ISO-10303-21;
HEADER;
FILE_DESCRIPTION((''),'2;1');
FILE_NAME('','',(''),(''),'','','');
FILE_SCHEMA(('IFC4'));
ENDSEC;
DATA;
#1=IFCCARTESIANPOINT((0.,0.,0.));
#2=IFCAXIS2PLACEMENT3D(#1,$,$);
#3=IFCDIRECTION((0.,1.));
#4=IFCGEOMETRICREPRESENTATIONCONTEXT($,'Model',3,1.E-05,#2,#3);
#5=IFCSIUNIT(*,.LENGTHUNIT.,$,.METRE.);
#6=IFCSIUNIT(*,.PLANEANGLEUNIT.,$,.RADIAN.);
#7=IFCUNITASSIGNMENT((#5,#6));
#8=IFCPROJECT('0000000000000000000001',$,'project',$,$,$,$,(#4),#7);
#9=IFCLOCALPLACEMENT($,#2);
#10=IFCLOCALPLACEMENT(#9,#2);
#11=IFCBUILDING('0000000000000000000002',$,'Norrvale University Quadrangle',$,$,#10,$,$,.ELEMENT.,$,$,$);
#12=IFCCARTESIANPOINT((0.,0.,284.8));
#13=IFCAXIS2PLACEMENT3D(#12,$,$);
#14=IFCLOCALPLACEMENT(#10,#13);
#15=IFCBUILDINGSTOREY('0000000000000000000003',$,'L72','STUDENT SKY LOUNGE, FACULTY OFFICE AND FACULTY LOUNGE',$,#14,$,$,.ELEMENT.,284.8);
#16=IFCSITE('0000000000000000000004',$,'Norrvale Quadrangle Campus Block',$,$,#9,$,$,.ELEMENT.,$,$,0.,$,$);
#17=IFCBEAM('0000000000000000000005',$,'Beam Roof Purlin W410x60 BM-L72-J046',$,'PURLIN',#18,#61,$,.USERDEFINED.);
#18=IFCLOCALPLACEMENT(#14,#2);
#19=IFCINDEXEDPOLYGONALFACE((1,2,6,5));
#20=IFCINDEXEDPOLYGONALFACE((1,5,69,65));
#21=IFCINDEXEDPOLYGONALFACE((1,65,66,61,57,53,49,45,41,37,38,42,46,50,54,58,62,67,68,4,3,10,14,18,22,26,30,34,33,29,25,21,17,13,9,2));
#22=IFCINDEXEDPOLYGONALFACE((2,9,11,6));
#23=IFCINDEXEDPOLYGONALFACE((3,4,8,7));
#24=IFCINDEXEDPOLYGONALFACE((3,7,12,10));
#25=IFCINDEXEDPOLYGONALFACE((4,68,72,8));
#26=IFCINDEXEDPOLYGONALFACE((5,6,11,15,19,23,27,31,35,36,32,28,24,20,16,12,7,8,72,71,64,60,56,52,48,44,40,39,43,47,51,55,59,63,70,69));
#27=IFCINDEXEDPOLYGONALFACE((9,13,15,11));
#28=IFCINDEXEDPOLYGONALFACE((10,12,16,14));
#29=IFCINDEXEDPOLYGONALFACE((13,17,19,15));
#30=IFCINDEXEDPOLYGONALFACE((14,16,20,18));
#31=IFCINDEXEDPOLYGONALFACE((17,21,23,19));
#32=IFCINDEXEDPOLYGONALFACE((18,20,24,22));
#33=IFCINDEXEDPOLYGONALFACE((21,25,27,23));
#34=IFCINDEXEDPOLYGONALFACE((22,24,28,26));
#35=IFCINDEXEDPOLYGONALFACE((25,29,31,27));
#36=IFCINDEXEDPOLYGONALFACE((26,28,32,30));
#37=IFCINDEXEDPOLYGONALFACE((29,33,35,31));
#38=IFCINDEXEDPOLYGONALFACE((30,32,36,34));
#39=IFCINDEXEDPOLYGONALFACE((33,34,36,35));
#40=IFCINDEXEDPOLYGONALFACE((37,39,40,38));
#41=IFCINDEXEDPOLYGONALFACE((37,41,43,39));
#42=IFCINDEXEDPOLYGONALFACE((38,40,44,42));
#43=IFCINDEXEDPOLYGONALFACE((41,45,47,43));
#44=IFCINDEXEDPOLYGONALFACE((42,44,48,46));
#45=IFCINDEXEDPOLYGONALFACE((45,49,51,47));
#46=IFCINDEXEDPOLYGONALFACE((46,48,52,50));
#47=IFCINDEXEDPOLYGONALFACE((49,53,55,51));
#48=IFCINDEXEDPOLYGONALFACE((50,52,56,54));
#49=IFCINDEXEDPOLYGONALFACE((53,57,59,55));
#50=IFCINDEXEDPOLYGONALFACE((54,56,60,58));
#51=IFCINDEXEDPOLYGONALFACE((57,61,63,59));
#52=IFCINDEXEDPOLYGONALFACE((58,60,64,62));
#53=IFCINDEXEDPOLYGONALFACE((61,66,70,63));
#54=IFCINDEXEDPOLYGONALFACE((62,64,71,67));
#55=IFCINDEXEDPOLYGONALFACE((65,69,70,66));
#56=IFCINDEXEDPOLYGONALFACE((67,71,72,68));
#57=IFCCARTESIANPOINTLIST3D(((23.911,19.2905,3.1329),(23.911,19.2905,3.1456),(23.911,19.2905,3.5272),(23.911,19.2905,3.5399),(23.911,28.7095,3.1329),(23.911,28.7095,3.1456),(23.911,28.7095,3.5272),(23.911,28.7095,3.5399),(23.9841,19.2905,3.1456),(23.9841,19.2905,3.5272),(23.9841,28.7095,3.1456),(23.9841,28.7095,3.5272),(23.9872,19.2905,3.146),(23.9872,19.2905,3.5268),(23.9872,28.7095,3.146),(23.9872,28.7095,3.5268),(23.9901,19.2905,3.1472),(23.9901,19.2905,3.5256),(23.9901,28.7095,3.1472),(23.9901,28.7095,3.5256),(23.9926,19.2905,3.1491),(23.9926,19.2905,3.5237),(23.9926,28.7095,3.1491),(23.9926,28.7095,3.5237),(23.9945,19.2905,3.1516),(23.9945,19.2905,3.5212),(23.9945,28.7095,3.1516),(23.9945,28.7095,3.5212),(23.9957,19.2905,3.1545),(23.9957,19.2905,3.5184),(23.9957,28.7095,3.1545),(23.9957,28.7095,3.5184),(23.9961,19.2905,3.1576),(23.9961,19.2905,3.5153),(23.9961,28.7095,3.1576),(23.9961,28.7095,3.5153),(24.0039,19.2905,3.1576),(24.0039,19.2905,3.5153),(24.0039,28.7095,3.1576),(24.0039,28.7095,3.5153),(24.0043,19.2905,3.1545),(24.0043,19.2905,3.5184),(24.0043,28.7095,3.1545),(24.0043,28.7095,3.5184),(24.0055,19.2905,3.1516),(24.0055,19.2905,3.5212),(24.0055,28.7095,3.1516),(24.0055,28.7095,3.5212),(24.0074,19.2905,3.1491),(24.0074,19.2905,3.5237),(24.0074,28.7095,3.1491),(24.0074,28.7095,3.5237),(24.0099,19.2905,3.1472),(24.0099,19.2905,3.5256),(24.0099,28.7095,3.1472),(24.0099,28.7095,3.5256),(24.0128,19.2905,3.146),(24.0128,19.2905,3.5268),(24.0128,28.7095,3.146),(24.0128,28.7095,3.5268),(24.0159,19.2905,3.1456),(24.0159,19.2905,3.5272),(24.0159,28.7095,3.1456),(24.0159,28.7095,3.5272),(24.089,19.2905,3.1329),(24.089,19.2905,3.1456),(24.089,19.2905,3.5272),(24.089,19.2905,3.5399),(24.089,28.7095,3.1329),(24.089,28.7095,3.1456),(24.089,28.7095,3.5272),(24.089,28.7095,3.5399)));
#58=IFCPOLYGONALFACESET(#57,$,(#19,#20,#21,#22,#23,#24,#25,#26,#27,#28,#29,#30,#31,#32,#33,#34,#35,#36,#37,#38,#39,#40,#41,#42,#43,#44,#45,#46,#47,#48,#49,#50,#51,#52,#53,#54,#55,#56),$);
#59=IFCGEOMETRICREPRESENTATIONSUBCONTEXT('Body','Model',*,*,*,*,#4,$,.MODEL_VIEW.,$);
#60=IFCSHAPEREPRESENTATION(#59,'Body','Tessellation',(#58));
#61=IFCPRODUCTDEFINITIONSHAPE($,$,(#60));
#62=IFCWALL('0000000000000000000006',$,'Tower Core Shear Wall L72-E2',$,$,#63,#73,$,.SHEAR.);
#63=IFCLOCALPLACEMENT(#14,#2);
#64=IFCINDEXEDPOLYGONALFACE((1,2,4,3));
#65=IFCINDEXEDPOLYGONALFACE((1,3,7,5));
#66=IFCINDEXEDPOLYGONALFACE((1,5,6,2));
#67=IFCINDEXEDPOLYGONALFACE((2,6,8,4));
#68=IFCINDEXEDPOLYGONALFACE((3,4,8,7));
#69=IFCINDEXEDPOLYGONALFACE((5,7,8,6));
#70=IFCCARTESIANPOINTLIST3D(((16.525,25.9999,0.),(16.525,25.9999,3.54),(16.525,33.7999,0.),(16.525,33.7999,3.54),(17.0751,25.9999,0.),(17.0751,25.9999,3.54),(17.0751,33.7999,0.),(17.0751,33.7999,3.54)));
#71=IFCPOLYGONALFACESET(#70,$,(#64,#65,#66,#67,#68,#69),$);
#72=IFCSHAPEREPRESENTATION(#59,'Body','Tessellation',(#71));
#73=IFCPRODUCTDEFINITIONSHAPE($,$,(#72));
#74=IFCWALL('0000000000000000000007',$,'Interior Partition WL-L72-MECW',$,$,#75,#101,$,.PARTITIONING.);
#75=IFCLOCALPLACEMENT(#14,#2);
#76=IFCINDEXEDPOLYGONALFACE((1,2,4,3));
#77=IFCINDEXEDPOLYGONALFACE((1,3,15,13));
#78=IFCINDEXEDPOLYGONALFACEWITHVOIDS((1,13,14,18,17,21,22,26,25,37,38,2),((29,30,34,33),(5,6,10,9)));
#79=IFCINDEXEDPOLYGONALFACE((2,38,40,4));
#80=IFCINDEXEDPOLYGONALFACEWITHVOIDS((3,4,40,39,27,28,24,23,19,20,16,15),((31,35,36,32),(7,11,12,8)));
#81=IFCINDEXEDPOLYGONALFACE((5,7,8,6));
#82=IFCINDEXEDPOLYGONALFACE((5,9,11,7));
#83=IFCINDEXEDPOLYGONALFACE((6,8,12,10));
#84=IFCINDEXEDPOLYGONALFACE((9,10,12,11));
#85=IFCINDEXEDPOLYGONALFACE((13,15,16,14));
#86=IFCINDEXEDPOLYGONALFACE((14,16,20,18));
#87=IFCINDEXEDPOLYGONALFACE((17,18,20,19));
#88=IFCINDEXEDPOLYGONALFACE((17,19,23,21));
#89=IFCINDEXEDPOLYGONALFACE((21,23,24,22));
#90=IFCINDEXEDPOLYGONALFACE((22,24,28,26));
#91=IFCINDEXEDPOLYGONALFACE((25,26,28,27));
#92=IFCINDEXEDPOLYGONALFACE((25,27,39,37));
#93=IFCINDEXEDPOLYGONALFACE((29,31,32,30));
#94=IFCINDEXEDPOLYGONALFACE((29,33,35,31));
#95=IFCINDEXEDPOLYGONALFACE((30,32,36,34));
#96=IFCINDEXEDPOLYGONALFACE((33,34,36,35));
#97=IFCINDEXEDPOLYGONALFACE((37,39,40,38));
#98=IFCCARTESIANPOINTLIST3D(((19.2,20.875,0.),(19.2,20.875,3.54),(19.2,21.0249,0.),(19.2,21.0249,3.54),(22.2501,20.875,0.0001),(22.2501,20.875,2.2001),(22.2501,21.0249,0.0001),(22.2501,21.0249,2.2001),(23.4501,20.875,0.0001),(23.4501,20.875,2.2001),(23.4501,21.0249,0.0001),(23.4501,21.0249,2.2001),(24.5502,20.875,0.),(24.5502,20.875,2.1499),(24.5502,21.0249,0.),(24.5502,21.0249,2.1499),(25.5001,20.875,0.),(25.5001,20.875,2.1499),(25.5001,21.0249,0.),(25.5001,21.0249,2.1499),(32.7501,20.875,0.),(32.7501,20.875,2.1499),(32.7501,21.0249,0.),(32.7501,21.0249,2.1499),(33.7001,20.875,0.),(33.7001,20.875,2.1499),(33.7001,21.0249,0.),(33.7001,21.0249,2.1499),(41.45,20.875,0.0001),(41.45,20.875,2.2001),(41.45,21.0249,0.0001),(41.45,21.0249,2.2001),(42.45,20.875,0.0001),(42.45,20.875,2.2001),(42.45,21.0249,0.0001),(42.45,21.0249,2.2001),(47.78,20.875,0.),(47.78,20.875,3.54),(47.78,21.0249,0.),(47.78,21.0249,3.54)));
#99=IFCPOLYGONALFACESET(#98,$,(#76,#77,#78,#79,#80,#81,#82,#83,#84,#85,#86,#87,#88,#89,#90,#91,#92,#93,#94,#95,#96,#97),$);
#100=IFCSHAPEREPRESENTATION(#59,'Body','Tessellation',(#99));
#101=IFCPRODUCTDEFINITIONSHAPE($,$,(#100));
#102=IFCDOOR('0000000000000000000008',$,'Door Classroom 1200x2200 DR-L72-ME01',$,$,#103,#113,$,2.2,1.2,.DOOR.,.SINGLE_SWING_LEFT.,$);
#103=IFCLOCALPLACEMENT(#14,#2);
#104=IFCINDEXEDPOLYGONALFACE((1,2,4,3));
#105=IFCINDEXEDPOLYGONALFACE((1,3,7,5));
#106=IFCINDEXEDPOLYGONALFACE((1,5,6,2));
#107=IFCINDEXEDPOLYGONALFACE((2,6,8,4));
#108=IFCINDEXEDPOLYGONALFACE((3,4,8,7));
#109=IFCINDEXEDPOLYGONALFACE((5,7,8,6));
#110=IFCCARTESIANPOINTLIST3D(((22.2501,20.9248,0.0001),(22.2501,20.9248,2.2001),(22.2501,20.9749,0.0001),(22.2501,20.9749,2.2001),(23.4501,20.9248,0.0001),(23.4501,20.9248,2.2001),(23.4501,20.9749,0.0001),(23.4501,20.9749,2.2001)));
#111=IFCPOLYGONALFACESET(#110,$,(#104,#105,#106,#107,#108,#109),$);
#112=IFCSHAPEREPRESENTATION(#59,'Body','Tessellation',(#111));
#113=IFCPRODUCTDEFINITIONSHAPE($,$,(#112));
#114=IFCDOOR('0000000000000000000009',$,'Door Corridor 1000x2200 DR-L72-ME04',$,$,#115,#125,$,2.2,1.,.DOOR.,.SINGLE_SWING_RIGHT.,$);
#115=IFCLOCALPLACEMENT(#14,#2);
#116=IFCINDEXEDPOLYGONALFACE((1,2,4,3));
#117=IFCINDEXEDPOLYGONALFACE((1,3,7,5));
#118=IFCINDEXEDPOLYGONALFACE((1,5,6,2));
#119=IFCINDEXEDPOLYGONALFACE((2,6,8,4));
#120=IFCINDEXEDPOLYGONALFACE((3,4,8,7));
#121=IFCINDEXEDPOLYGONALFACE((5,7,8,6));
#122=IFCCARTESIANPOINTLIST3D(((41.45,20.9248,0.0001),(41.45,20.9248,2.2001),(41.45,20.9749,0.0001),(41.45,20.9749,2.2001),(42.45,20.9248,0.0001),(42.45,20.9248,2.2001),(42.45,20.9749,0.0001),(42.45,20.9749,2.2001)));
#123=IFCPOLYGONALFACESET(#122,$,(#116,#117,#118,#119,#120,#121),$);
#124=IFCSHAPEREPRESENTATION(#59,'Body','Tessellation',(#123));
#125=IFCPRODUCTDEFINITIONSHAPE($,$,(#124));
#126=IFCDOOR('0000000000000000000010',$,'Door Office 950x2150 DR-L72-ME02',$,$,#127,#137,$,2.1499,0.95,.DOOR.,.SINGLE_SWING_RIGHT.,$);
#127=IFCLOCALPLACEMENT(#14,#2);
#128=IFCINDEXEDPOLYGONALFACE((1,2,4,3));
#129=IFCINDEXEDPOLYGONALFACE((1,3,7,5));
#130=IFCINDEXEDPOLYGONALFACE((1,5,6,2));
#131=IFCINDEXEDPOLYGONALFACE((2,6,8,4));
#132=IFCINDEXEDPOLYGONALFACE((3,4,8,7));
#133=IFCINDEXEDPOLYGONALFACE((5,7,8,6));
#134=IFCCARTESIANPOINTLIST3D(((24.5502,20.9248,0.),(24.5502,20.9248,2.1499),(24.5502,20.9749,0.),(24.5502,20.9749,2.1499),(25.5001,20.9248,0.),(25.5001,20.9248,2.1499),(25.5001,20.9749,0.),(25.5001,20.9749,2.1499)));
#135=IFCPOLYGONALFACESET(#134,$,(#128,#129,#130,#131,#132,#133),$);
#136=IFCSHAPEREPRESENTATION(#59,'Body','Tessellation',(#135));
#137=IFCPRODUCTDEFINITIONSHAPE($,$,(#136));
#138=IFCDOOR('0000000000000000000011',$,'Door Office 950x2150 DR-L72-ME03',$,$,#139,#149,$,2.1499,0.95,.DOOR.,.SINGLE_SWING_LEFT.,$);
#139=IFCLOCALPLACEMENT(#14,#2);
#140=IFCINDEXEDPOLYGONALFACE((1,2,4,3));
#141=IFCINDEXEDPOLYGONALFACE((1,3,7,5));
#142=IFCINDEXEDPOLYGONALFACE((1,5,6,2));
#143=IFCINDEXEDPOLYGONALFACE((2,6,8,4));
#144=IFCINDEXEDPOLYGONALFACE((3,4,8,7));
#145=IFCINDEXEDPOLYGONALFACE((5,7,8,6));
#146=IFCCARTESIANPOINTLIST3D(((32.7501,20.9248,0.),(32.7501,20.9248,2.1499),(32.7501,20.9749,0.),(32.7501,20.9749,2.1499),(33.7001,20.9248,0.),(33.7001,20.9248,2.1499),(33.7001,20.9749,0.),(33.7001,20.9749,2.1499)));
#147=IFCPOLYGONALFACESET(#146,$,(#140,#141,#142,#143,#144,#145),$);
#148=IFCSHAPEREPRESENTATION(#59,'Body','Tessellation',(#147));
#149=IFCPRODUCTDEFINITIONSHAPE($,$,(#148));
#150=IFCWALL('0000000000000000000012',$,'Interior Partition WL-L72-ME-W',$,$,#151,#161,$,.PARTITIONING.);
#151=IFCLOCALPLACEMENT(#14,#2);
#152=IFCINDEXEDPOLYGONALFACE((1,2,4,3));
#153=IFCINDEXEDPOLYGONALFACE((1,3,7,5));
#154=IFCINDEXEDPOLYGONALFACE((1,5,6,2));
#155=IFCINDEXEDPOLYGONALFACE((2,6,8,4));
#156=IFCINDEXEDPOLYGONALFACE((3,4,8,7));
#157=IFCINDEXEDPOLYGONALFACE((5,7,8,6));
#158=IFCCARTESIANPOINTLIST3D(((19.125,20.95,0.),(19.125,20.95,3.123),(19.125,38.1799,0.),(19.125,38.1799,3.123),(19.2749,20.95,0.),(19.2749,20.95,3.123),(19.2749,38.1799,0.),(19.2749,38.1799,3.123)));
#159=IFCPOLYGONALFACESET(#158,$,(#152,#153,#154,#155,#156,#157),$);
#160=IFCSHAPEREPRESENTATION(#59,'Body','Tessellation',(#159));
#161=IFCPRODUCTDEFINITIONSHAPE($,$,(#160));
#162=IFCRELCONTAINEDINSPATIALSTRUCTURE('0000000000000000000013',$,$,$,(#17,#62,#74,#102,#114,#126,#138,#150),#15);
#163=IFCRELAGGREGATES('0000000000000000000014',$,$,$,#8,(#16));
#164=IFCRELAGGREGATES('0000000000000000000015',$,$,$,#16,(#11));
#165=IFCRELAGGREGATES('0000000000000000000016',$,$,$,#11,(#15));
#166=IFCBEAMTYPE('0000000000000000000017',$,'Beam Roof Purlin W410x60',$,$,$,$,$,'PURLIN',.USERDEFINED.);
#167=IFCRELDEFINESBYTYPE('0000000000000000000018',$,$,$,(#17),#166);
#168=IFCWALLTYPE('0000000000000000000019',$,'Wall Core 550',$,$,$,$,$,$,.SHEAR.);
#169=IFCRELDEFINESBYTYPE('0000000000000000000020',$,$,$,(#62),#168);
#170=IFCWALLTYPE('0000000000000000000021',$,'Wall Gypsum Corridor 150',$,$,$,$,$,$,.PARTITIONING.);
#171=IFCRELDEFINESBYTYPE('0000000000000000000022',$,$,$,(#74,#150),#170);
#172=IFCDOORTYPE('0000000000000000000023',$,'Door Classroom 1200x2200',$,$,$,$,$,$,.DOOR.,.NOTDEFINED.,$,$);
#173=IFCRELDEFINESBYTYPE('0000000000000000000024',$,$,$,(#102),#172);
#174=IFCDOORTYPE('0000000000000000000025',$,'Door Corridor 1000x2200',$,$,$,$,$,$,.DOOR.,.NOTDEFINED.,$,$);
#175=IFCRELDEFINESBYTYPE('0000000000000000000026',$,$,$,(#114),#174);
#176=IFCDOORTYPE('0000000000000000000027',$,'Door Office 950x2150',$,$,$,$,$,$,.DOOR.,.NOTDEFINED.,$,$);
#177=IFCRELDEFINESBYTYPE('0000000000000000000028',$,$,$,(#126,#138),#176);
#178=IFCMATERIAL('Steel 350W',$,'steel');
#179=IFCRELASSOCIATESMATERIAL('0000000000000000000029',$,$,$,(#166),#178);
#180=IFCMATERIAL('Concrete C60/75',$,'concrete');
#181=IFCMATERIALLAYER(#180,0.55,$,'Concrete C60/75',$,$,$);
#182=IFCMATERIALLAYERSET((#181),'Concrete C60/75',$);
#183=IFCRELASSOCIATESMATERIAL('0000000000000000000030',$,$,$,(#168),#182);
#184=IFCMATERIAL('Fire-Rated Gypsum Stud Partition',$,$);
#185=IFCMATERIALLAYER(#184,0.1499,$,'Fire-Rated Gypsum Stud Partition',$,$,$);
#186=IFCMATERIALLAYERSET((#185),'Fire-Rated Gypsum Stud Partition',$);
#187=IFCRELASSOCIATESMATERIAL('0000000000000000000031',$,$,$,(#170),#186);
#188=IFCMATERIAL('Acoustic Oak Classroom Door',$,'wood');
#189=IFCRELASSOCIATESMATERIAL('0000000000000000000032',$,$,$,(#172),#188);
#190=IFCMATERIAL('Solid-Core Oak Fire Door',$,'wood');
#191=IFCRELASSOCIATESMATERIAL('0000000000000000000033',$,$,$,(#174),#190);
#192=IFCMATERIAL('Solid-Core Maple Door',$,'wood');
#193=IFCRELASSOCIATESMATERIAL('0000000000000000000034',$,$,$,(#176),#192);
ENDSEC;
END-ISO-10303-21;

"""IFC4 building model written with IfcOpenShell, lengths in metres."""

from ifc_helpers import new_model, si_unit, direction, frame, frame_2d, origin, origin_2d, place, context, subcontext, project, spatial, rectangle, i_section, extrude, material, layer, layer_set, material_profile, profile_set, type_object, element, fill, save


model = new_model("IFC4")

# Units and contexts
model_context = context("Model", 3, precision=1e-05, world=origin(), true_north=direction((0.0, 1.0)))
body_context = subcontext(model_context, "Body", "Model", "MODEL_VIEW")
ifc_project = project(units=[si_unit("LENGTHUNIT", "METRE"), si_unit("PLANEANGLEUNIT", "RADIAN")], contexts=[model_context])

# Site, building, storey
site_placement = place(None, origin())
site = spatial("IfcSite", under=ifc_project, at=site_placement, Name="Norrvale Quadrangle Campus Block", CompositionType="ELEMENT", RefElevation=0.0)
building_placement = place(site_placement, origin())
building = spatial("IfcBuilding", under=site, at=building_placement, Name="Norrvale University Quadrangle", CompositionType="ELEMENT")
storey_placement = place(building_placement, frame((0.0, 0.0, 284.8)))
storey = spatial("IfcBuildingStorey", under=building, at=storey_placement, Name="L72", Description="STUDENT SKY LOUNGE, FACULTY OFFICE AND FACULTY LOUNGE", CompositionType="ELEMENT", Elevation=284.8)

# Shared definitions
ifc_material_1 = material(Name="Concrete C60/75", Category="concrete")

# Beam
ifc_material_2 = material(Name="Steel 350W", Category="steel")
ifc_material_profile_1 = material_profile(ifc_material_2, i_section(OverallWidth=0.178, OverallDepth=0.407, WebThickness=0.0078, FlangeThickness=0.0127, FilletRadius=0.012, at=origin_2d()), Name="Steel 350W")
ifc_profile_set_1 = profile_set([ifc_material_profile_1], Name="Steel 350W")
beam_type_1 = type_object("IfcBeamType", Name="Beam Roof Purlin W410x60", ElementType="PURLIN", PredefinedType="USERDEFINED", material=ifc_profile_set_1)
beam_1_placement = place(storey_placement, frame((24.0, 19.2905, 3.3364), z_axis=(0.0, 1.0, 0.0), x_axis=(-1.0, 0.0, 0.0)))
element("IfcBeam", 1, at=beam_1_placement, inside=storey, type_object=beam_type_1, Name="Beam Roof Purlin W410x60 BM-L72-J046", ObjectType="PURLIN", PredefinedType="USERDEFINED", context=body_context, shape_type="SweptSolid", body=[
    extrude(i_section(OverallWidth=0.178, OverallDepth=0.407, WebThickness=0.0078, FlangeThickness=0.0127, FilletRadius=0.012, at=origin_2d()), origin(), (0.0, 0.0, 1.0), 9.4189),
])

# Wall
ifc_layer_1 = layer(ifc_material_1, 0.55, Name="Concrete C60/75")
ifc_layer_set_1 = layer_set([ifc_layer_1], Name="Concrete C60/75")
wall_type_1 = type_object("IfcWallType", Name="Wall Core 550", PredefinedType="SHEAR", material=ifc_layer_set_1)
wall_1_placement = place(storey_placement, frame((16.8, 26.0, 0.0), z_axis=(0.0, 0.0, 1.0), x_axis=(0.0, 1.0, 0.0)))
element("IfcWall", 2, at=wall_1_placement, inside=storey, type_object=wall_type_1, Name="Tower Core Shear Wall L72-E2", PredefinedType="SHEAR", context=body_context, shape_type="SweptSolid", body=[
    extrude(rectangle(XDim=7.8, YDim=0.55, at=frame_2d((3.8999, 0.0))), origin(), (0.0, 0.0, 1.0), 3.54),
])

# Wall, openings, doors
ifc_material_3 = material(Name="Fire-Rated Gypsum Stud Partition")
ifc_layer_2 = layer(ifc_material_3, 0.1499, Name="Fire-Rated Gypsum Stud Partition")
ifc_layer_set_2 = layer_set([ifc_layer_2], Name="Fire-Rated Gypsum Stud Partition")
wall_type_2 = type_object("IfcWallType", Name="Wall Gypsum Corridor 150", PredefinedType="PARTITIONING", material=ifc_layer_set_2)
wall_2_placement = place(storey_placement, frame((19.2, 20.95, 0.0), z_axis=(0.0, 0.0, 1.0), x_axis=(1.0, 0.0, 0.0)))
wall_2 = element("IfcWall", 3, at=wall_2_placement, inside=storey, type_object=wall_type_2, Name="Interior Partition WL-L72-MECW", PredefinedType="PARTITIONING", context=body_context, shape_type="SweptSolid", body=[
    extrude(rectangle(XDim=28.5801, YDim=0.1499, at=frame_2d((14.29, 0.0))), origin(), (0.0, 0.0, 1.0), 3.54),
])
opening_1_placement = place(wall_2_placement, frame((3.05, 0.0, 0.0)))
opening_1 = element("IfcOpeningElement", 4, at=opening_1_placement, cuts=wall_2, PredefinedType="OPENING", context=body_context, shape_type="SweptSolid", body=[
    extrude(rectangle(XDim=1.2, YDim=2.2, at=frame_2d((0.6001, 1.1001))), frame((0.0, 0.0869, 0.0), z_axis=(0.0, -1.0, 0.0), x_axis=(1.0, 0.0, 0.0)), (0.0, 0.0, 1.0), 0.1738),
])
opening_2_placement = place(wall_2_placement, frame((5.3501, 0.0, 0.0)))
opening_2 = element("IfcOpeningElement", 5, at=opening_2_placement, cuts=wall_2, PredefinedType="OPENING", context=body_context, shape_type="SweptSolid", body=[
    extrude(rectangle(XDim=0.95, YDim=2.1499, at=frame_2d((0.4751, 1.075))), frame((0.0, 0.0869, 0.0), z_axis=(0.0, -1.0, 0.0), x_axis=(1.0, 0.0, 0.0)), (0.0, 0.0, 1.0), 0.1738),
])
opening_3_placement = place(wall_2_placement, frame((13.55, 0.0, 0.0)))
opening_3 = element("IfcOpeningElement", 6, at=opening_3_placement, cuts=wall_2, PredefinedType="OPENING", context=body_context, shape_type="SweptSolid", body=[
    extrude(rectangle(XDim=0.95, YDim=2.1499, at=frame_2d((0.4751, 1.075))), frame((0.0, 0.0869, 0.0), z_axis=(0.0, -1.0, 0.0), x_axis=(1.0, 0.0, 0.0)), (0.0, 0.0, 1.0), 0.1738),
])
opening_4_placement = place(wall_2_placement, frame((22.25, 0.0, 0.0)))
opening_4 = element("IfcOpeningElement", 7, at=opening_4_placement, cuts=wall_2, PredefinedType="OPENING", context=body_context, shape_type="SweptSolid", body=[
    extrude(rectangle(XDim=1.0, YDim=2.2, at=frame_2d((0.5, 1.1001))), frame((0.0, 0.0869, 0.0), z_axis=(0.0, -1.0, 0.0), x_axis=(1.0, 0.0, 0.0)), (0.0, 0.0, 1.0), 0.1738),
])
ifc_material_4 = material(Name="Acoustic Oak Classroom Door", Category="wood")
door_type_1 = type_object("IfcDoorType", Name="Door Classroom 1200x2200", OperationType="NOTDEFINED", PredefinedType="DOOR", material=ifc_material_4)
door_1_placement = place(opening_1_placement, origin())
door_1 = element("IfcDoor", 8, at=door_1_placement, inside=storey, type_object=door_type_1, Name="Door Classroom 1200x2200 DR-L72-ME01", OperationType="SINGLE_SWING_LEFT", OverallHeight=2.2, OverallWidth=1.2, PredefinedType="DOOR", context=body_context, shape_type="SweptSolid", body=[
    extrude(rectangle(XDim=1.2, YDim=2.2, at=frame_2d((0.6001, 1.1001))), frame((0.0, 0.0249, 0.0), z_axis=(0.0, -1.0, 0.0), x_axis=(1.0, 0.0, 0.0)), (0.0, 0.0, 1.0), 0.05),
])
fill(opening_1, door_1)
ifc_material_5 = material(Name="Solid-Core Oak Fire Door", Category="wood")
door_type_2 = type_object("IfcDoorType", Name="Door Corridor 1000x2200", OperationType="NOTDEFINED", PredefinedType="DOOR", material=ifc_material_5)
door_2_placement = place(opening_4_placement, origin())
door_2 = element("IfcDoor", 9, at=door_2_placement, inside=storey, type_object=door_type_2, Name="Door Corridor 1000x2200 DR-L72-ME04", OperationType="SINGLE_SWING_RIGHT", OverallHeight=2.2, OverallWidth=1.0, PredefinedType="DOOR", context=body_context, shape_type="SweptSolid", body=[
    extrude(rectangle(XDim=1.0, YDim=2.2, at=frame_2d((0.5, 1.1001))), frame((0.0, 0.0249, 0.0), z_axis=(0.0, -1.0, 0.0), x_axis=(1.0, 0.0, 0.0)), (0.0, 0.0, 1.0), 0.05),
])
fill(opening_4, door_2)
ifc_material_6 = material(Name="Solid-Core Maple Door", Category="wood")
door_type_3 = type_object("IfcDoorType", Name="Door Office 950x2150", OperationType="NOTDEFINED", PredefinedType="DOOR", material=ifc_material_6)
door_3_placement = place(opening_2_placement, origin())
door_3 = element("IfcDoor", 10, at=door_3_placement, inside=storey, type_object=door_type_3, Name="Door Office 950x2150 DR-L72-ME02", OperationType="SINGLE_SWING_RIGHT", OverallHeight=2.1499, OverallWidth=0.95, PredefinedType="DOOR", context=body_context, shape_type="SweptSolid", body=[
    extrude(rectangle(XDim=0.95, YDim=2.1499, at=frame_2d((0.4751, 1.075))), frame((0.0, 0.0249, 0.0), z_axis=(0.0, -1.0, 0.0), x_axis=(1.0, 0.0, 0.0)), (0.0, 0.0, 1.0), 0.05),
])
fill(opening_2, door_3)
door_4_placement = place(opening_3_placement, origin())
door_4 = element("IfcDoor", 11, at=door_4_placement, inside=storey, type_object=door_type_3, Name="Door Office 950x2150 DR-L72-ME03", OperationType="SINGLE_SWING_LEFT", OverallHeight=2.1499, OverallWidth=0.95, PredefinedType="DOOR", context=body_context, shape_type="SweptSolid", body=[
    extrude(rectangle(XDim=0.95, YDim=2.1499, at=frame_2d((0.4751, 1.075))), frame((0.0, 0.0249, 0.0), z_axis=(0.0, -1.0, 0.0), x_axis=(1.0, 0.0, 0.0)), (0.0, 0.0, 1.0), 0.05),
])
fill(opening_3, door_4)

# Wall
wall_3_placement = place(storey_placement, frame((19.2, 20.95, 0.0), z_axis=(0.0, 0.0, 1.0), x_axis=(0.0, 1.0, 0.0)))
element("IfcWall", 12, at=wall_3_placement, inside=storey, type_object=wall_type_2, Name="Interior Partition WL-L72-ME-W", PredefinedType="PARTITIONING", context=body_context, shape_type="SweptSolid", body=[
    extrude(rectangle(XDim=17.23, YDim=0.1499, at=frame_2d((8.615, 0.0))), origin(), (0.0, 0.0, 1.0), 3.123),
])

save(model, "model.ifc")
